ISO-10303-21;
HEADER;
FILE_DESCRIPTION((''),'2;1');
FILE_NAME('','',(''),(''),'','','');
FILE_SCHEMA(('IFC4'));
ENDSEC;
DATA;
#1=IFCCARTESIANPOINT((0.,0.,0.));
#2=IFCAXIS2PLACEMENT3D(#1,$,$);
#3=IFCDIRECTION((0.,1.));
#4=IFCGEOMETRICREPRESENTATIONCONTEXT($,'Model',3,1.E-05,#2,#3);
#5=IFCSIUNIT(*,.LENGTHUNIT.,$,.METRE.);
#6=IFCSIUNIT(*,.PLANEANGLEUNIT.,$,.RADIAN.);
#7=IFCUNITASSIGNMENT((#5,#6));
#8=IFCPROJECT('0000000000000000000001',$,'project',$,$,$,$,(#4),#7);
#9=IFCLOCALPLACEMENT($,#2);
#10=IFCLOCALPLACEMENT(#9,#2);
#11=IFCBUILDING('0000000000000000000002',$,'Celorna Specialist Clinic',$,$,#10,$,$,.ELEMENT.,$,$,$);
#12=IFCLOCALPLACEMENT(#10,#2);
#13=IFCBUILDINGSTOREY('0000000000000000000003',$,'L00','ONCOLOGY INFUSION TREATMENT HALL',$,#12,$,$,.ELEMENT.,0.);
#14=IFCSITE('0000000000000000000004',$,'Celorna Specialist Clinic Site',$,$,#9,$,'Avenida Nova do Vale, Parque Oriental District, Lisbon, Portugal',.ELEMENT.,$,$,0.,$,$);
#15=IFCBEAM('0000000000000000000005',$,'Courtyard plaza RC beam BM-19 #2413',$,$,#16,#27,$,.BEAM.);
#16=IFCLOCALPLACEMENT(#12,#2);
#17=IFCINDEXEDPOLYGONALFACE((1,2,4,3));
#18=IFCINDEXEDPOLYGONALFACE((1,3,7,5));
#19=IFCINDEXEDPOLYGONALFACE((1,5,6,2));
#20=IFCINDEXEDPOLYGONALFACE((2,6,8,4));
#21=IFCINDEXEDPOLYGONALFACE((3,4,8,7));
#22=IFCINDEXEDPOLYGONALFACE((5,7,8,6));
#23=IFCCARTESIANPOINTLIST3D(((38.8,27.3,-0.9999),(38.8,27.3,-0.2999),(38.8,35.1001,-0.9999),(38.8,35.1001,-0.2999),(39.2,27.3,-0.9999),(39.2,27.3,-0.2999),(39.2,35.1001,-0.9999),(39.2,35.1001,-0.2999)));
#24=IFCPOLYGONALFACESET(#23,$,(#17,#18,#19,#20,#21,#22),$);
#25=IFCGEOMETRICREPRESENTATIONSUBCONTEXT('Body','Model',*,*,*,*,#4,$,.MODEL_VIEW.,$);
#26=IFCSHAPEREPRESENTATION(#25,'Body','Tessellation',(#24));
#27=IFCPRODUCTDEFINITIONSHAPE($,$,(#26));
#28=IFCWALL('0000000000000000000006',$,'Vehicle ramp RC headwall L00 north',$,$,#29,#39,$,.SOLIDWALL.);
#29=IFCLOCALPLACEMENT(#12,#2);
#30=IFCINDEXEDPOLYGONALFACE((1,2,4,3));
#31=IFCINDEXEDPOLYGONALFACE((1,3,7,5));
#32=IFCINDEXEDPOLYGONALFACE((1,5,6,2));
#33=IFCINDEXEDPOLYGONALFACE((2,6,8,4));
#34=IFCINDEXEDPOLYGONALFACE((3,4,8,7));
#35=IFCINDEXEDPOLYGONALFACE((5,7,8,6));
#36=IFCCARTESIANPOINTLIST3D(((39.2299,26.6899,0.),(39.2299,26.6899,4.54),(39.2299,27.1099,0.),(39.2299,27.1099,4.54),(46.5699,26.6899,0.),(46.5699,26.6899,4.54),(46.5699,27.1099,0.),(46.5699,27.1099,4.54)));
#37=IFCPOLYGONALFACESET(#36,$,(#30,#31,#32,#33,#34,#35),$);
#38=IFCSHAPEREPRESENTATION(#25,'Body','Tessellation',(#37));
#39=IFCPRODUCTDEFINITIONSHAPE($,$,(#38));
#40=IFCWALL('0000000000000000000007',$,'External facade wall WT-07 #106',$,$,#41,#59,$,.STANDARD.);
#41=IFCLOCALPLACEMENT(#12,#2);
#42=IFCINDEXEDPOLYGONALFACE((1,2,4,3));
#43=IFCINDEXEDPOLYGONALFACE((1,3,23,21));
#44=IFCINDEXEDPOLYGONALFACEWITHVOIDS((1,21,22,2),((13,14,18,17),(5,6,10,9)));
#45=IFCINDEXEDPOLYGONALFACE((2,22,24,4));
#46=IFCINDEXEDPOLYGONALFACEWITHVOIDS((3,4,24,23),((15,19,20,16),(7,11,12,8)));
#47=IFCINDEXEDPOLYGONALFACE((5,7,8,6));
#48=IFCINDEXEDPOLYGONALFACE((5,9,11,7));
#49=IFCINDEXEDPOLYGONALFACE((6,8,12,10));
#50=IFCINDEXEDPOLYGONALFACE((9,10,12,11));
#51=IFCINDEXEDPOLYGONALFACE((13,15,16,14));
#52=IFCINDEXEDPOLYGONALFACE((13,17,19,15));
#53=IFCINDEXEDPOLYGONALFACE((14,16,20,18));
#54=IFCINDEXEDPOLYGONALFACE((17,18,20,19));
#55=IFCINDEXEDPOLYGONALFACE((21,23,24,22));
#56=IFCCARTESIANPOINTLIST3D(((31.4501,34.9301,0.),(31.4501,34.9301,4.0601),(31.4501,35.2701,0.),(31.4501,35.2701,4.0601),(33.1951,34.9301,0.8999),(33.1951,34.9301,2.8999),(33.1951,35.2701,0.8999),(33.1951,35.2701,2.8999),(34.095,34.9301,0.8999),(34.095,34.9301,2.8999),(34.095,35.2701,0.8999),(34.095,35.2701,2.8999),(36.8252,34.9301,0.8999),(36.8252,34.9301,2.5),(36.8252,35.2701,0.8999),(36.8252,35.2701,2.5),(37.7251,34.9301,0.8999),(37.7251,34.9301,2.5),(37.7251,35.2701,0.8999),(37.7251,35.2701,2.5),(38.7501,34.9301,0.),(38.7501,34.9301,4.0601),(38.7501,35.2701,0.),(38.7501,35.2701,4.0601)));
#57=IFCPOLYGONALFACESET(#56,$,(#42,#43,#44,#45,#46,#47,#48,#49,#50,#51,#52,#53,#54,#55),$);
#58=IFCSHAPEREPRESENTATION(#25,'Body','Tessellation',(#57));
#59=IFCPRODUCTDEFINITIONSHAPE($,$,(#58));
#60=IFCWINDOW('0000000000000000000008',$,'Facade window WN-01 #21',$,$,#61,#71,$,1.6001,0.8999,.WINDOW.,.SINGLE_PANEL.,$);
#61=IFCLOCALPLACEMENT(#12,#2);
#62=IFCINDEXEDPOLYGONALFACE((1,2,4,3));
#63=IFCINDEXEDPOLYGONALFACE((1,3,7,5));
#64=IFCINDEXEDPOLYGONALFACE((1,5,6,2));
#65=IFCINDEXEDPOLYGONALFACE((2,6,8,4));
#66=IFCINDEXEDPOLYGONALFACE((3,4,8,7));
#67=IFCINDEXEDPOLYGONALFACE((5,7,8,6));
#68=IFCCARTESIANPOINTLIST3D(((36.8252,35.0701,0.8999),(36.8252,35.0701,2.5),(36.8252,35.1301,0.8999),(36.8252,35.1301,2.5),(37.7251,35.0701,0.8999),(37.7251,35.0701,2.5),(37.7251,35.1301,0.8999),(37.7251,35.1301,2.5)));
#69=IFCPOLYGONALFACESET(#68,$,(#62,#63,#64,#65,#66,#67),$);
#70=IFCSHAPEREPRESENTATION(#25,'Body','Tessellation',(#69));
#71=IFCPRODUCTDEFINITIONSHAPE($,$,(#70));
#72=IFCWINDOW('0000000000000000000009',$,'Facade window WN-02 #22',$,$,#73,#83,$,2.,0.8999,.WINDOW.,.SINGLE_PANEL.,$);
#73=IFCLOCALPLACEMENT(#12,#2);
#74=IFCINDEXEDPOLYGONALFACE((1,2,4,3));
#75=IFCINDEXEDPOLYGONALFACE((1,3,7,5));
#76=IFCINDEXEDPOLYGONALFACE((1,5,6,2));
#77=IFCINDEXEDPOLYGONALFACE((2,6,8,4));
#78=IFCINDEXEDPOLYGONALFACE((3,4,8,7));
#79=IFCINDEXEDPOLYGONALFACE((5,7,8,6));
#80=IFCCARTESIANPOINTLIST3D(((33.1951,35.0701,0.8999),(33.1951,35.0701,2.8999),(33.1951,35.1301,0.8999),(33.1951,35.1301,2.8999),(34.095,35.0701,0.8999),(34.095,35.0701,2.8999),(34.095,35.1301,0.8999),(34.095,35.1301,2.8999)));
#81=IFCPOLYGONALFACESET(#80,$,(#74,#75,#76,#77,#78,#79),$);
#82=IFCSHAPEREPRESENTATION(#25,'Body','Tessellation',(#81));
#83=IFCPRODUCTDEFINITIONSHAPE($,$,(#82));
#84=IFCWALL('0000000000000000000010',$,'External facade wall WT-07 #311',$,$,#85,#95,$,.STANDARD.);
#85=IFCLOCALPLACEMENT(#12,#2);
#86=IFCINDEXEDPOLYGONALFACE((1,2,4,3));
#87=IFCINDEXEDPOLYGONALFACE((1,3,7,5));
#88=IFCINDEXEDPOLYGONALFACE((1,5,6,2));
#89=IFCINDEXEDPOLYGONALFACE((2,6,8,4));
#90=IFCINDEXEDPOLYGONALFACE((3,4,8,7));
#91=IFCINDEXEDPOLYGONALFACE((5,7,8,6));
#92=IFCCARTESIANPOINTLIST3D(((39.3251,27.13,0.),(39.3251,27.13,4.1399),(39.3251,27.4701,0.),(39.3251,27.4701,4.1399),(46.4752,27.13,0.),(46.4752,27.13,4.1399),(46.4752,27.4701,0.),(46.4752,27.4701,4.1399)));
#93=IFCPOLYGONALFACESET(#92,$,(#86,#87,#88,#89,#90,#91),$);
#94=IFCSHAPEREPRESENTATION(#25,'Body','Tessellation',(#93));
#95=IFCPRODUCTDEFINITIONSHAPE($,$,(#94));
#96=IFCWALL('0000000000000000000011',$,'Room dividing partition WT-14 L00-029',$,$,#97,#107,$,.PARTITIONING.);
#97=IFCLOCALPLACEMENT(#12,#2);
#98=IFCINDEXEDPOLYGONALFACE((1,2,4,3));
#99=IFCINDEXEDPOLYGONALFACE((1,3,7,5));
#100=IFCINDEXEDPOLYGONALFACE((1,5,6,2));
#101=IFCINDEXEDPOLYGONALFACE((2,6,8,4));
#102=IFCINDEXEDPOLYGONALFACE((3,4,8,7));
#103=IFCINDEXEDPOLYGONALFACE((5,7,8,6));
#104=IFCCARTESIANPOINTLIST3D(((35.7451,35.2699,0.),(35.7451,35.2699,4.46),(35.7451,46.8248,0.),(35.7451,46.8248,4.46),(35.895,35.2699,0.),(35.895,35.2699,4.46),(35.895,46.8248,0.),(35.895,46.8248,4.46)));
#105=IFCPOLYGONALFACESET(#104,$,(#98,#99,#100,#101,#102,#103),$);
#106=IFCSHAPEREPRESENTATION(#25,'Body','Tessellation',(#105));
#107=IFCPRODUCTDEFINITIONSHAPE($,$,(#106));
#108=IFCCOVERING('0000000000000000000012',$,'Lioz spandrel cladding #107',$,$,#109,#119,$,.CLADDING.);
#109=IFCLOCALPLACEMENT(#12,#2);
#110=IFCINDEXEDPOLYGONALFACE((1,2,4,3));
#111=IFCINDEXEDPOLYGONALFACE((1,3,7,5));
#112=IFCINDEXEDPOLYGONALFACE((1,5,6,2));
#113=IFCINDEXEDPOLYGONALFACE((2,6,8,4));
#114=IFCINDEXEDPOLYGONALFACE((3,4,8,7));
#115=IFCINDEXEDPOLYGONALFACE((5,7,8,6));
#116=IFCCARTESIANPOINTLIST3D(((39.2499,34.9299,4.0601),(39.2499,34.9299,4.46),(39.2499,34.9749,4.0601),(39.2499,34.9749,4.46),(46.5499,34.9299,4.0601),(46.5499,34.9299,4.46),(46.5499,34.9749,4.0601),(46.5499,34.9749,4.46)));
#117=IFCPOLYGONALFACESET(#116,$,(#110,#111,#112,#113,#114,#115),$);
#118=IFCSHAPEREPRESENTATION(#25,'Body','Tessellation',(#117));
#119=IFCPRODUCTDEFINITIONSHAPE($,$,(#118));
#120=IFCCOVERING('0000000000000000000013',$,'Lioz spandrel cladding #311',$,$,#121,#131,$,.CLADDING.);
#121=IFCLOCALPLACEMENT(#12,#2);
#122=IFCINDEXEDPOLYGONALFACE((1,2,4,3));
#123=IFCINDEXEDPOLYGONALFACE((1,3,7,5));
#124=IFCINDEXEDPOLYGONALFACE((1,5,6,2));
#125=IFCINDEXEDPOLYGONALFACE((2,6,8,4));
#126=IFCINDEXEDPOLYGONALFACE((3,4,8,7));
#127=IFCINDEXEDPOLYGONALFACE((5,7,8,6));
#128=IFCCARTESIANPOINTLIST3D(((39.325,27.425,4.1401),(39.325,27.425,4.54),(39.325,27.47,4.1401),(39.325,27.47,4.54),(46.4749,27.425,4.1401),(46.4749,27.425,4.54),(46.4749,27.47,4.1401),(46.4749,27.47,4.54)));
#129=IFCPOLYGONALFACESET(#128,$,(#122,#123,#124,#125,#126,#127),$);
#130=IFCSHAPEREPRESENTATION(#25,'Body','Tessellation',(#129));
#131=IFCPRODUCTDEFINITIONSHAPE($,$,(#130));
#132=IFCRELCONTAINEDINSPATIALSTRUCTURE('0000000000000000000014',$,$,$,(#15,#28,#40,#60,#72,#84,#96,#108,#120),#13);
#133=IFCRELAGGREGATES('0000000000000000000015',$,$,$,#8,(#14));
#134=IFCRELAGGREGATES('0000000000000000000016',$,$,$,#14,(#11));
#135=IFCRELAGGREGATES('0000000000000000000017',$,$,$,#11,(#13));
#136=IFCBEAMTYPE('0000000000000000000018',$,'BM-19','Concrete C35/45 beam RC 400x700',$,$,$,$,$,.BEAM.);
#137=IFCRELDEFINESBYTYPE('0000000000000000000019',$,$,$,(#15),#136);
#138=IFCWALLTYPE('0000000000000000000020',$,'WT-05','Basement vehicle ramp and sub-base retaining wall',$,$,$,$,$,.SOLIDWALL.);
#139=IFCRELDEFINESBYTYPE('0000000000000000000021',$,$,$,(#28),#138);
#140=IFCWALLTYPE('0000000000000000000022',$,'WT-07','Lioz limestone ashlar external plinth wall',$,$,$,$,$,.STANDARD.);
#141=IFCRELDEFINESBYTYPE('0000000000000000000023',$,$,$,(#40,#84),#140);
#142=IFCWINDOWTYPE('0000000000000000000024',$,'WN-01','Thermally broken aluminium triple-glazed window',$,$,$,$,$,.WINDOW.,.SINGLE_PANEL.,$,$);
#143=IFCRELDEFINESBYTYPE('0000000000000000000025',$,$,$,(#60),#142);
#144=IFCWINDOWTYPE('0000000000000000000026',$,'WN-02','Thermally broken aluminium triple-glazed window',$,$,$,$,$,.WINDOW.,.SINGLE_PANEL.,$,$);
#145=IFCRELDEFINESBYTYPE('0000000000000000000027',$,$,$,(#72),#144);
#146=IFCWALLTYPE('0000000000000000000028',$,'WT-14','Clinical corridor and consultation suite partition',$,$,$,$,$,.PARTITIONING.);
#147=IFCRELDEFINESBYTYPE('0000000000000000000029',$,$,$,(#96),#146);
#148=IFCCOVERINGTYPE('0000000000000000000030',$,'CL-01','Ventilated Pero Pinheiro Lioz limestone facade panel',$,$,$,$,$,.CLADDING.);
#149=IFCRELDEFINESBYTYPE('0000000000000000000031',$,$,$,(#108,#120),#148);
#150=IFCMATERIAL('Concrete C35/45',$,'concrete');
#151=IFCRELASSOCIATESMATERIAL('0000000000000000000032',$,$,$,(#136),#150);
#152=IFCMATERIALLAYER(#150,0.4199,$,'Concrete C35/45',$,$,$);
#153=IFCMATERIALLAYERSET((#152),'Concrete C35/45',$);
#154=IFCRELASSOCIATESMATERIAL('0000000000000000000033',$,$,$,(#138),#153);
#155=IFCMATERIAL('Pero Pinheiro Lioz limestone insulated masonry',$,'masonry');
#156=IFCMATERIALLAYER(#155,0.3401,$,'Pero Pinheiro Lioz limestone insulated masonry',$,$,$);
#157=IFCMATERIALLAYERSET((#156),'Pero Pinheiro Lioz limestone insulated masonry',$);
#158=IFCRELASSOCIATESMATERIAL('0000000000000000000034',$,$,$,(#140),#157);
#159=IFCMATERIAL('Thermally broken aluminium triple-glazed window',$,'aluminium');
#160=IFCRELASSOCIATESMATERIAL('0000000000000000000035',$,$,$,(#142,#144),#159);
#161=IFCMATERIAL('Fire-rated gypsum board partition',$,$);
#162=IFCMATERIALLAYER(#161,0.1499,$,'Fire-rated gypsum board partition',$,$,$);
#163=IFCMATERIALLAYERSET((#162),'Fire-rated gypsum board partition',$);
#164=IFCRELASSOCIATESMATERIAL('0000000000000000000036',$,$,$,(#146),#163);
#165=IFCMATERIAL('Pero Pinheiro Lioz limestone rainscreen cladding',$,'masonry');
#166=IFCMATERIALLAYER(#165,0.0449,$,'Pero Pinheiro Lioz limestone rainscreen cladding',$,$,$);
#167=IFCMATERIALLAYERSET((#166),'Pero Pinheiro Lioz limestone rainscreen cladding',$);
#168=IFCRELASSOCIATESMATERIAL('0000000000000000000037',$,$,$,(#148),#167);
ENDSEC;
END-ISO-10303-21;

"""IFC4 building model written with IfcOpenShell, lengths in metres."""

from ifc_helpers import new_model, si_unit, direction, frame, frame_2d, origin, origin_2d, place, context, subcontext, project, spatial, rectangle, extrude, material, layer, layer_set, material_profile, profile_set, type_object, element, fill, save


model = new_model("IFC4")

# Units and contexts
model_context = context("Model", 3, precision=1e-05, world=origin(), true_north=direction((0.0, 1.0)))
body_context = subcontext(model_context, "Body", "Model", "MODEL_VIEW")
ifc_project = project(units=[si_unit("LENGTHUNIT", "METRE"), si_unit("PLANEANGLEUNIT", "RADIAN")], contexts=[model_context])

# Site, building, storey
site_placement = place(None, origin())
site = spatial("IfcSite", under=ifc_project, at=site_placement, Name="Celorna Specialist Clinic Site", LongName="Avenida Nova do Vale, Parque Oriental District, Lisbon, Portugal", CompositionType="ELEMENT", RefElevation=0.0)
building_placement = place(site_placement, origin())
building = spatial("IfcBuilding", under=site, at=building_placement, Name="Celorna Specialist Clinic", CompositionType="ELEMENT")
storey_placement = place(building_placement, origin())
storey = spatial("IfcBuildingStorey", under=building, at=storey_placement, Name="L00", Description="ONCOLOGY INFUSION TREATMENT HALL", CompositionType="ELEMENT", Elevation=0.0)

# Beam
ifc_material_1 = material(Name="Concrete C35/45", Category="concrete")
ifc_material_profile_1 = material_profile(ifc_material_1, rectangle(XDim=0.3999, YDim=0.7, at=origin_2d()), Name="RC 400x700")
ifc_profile_set_1 = profile_set([ifc_material_profile_1], Name="Concrete C35/45")
beam_type_1 = type_object("IfcBeamType", Name="BM-19", Description="Concrete C35/45 beam RC 400x700", PredefinedType="BEAM", material=ifc_profile_set_1)
beam_1_placement = place(storey_placement, frame((39.0, 27.3, -0.6499), z_axis=(0.0, 1.0, 0.0), x_axis=(-1.0, 0.0, 0.0)))
element("IfcBeam", 1, at=beam_1_placement, inside=storey, type_object=beam_type_1, Name="Courtyard plaza RC beam BM-19 #2413", PredefinedType="BEAM", context=body_context, shape_type="SweptSolid", body=[
    extrude(rectangle(XDim=0.3999, YDim=0.7, at=origin_2d()), origin(), (0.0, 0.0, 1.0), 7.8),
])

# Wall
ifc_layer_1 = layer(ifc_material_1, 0.4199, Name="Concrete C35/45")
ifc_layer_set_1 = layer_set([ifc_layer_1], Name="Concrete C35/45")
wall_type_1 = type_object("IfcWallType", Name="WT-05", Description="Basement vehicle ramp and sub-base retaining wall", PredefinedType="SOLIDWALL", material=ifc_layer_set_1)
wall_1_placement = place(storey_placement, frame((39.23, 26.8999, 0.0), z_axis=(0.0, 0.0, 1.0), x_axis=(1.0, 0.0, 0.0)))
element("IfcWall", 2, at=wall_1_placement, inside=storey, type_object=wall_type_1, Name="Vehicle ramp RC headwall L00 north", PredefinedType="SOLIDWALL", context=body_context, shape_type="SweptSolid", body=[
    extrude(rectangle(XDim=7.3401, YDim=0.4199, at=frame_2d((3.6699, 0.0))), origin(), (0.0, 0.0, 1.0), 4.54),
])

# Wall, openings, windows
ifc_material_2 = material(Name="Pero Pinheiro Lioz limestone insulated masonry", Category="masonry")
ifc_layer_2 = layer(ifc_material_2, 0.3401, Name="Pero Pinheiro Lioz limestone insulated masonry")
ifc_layer_set_2 = layer_set([ifc_layer_2], Name="Pero Pinheiro Lioz limestone insulated masonry")
wall_type_2 = type_object("IfcWallType", Name="WT-07", Description="Lioz limestone ashlar external plinth wall", PredefinedType="STANDARD", material=ifc_layer_set_2)
wall_2_placement = place(storey_placement, frame((38.75, 35.1001, 0.0), z_axis=(0.0, 0.0, 1.0), x_axis=(-1.0, 0.0, 0.0)))
wall_2 = element("IfcWall", 3, at=wall_2_placement, inside=storey, type_object=wall_type_2, Name="External facade wall WT-07 #106", PredefinedType="STANDARD", context=body_context, shape_type="SweptSolid", body=[
    extrude(rectangle(XDim=7.3, YDim=0.3401, at=frame_2d((3.6499, 0.0))), origin(), (0.0, 0.0, 1.0), 4.0601),
])
opening_1_placement = place(wall_2_placement, frame((1.0249, 0.0, 0.8999)))
opening_1 = element("IfcOpeningElement", 4, at=opening_1_placement, cuts=wall_2, PredefinedType="OPENING", context=body_context, shape_type="SweptSolid", body=[
    extrude(rectangle(XDim=0.8999, YDim=1.6001, at=frame_2d((0.45, 0.8))), frame((0.0, 0.1799, 0.0), z_axis=(0.0, -1.0, 0.0), x_axis=(1.0, 0.0, 0.0)), (0.0, 0.0, 1.0), 0.3601),
])
opening_2_placement = place(wall_2_placement, frame((4.655, 0.0, 0.8999)))
opening_2 = element("IfcOpeningElement", 5, at=opening_2_placement, cuts=wall_2, PredefinedType="OPENING", context=body_context, shape_type="SweptSolid", body=[
    extrude(rectangle(XDim=0.8999, YDim=2.0, at=frame_2d((0.45, 1.0))), frame((0.0, 0.1799, 0.0), z_axis=(0.0, -1.0, 0.0), x_axis=(1.0, 0.0, 0.0)), (0.0, 0.0, 1.0), 0.3601),
])
ifc_material_3 = material(Name="Thermally broken aluminium triple-glazed window", Category="aluminium")
window_type_1 = type_object("IfcWindowType", Name="WN-01", Description="Thermally broken aluminium triple-glazed window", PartitioningType="SINGLE_PANEL", PredefinedType="WINDOW", material=ifc_material_3)
window_1_placement = place(opening_1_placement, origin())
window_1 = element("IfcWindow", 6, at=window_1_placement, inside=storey, type_object=window_type_1, Name="Facade window WN-01 #21", OverallHeight=1.6001, OverallWidth=0.8999, PartitioningType="SINGLE_PANEL", PredefinedType="WINDOW", context=body_context, shape_type="SweptSolid", body=[
    extrude(rectangle(XDim=0.8999, YDim=1.6001, at=frame_2d((0.45, 0.8))), frame((0.0, 0.03, 0.0), z_axis=(0.0, -1.0, 0.0), x_axis=(1.0, 0.0, 0.0)), (0.0, 0.0, 1.0), 0.0601),
])
fill(opening_1, window_1)
window_type_2 = type_object("IfcWindowType", Name="WN-02", Description="Thermally broken aluminium triple-glazed window", PartitioningType="SINGLE_PANEL", PredefinedType="WINDOW", material=ifc_material_3)
window_2_placement = place(opening_2_placement, origin())
window_2 = element("IfcWindow", 7, at=window_2_placement, inside=storey, type_object=window_type_2, Name="Facade window WN-02 #22", OverallHeight=2.0, OverallWidth=0.8999, PartitioningType="SINGLE_PANEL", PredefinedType="WINDOW", context=body_context, shape_type="SweptSolid", body=[
    extrude(rectangle(XDim=0.8999, YDim=2.0, at=frame_2d((0.45, 1.0))), frame((0.0, 0.03, 0.0), z_axis=(0.0, -1.0, 0.0), x_axis=(1.0, 0.0, 0.0)), (0.0, 0.0, 1.0), 0.0601),
])
fill(opening_2, window_2)

# Walls
wall_3_placement = place(storey_placement, frame((39.325, 27.3, 0.0), z_axis=(0.0, 0.0, 1.0), x_axis=(1.0, 0.0, 0.0)))
element("IfcWall", 8, at=wall_3_placement, inside=storey, type_object=wall_type_2, Name="External facade wall WT-07 #311", PredefinedType="STANDARD", context=body_context, shape_type="SweptSolid", body=[
    extrude(rectangle(XDim=7.1501, YDim=0.3401, at=frame_2d((3.5752, 0.0))), origin(), (0.0, 0.0, 1.0), 4.1399),
])
ifc_material_4 = material(Name="Fire-rated gypsum board partition")
ifc_layer_3 = layer(ifc_material_4, 0.1499, Name="Fire-rated gypsum board partition")
ifc_layer_set_3 = layer_set([ifc_layer_3], Name="Fire-rated gypsum board partition")
wall_type_3 = type_object("IfcWallType", Name="WT-14", Description="Clinical corridor and consultation suite partition", PredefinedType="PARTITIONING", material=ifc_layer_set_3)
wall_4_placement = place(storey_placement, frame((35.8201, 35.27, 0.0), z_axis=(0.0, 0.0, 1.0), x_axis=(0.0, 1.0, 0.0)))
element("IfcWall", 9, at=wall_4_placement, inside=storey, type_object=wall_type_3, Name="Room dividing partition WT-14 L00-029", PredefinedType="PARTITIONING", context=body_context, shape_type="SweptSolid", body=[
    extrude(rectangle(XDim=11.5549, YDim=0.1499, at=frame_2d((5.7773, 0.0))), origin(), (0.0, 0.0, 1.0), 4.46),
])

# Coverings
ifc_material_5 = material(Name="Pero Pinheiro Lioz limestone rainscreen cladding", Category="masonry")
ifc_layer_4 = layer(ifc_material_5, 0.0449, Name="Pero Pinheiro Lioz limestone rainscreen cladding")
ifc_layer_set_4 = layer_set([ifc_layer_4], Name="Pero Pinheiro Lioz limestone rainscreen cladding")
covering_type = type_object("IfcCoveringType", Name="CL-01", Description="Ventilated Pero Pinheiro Lioz limestone facade panel", PredefinedType="CLADDING", material=ifc_layer_set_4)
covering_1_placement = place(storey_placement, frame((42.8999, 34.9524, 4.0601), z_axis=(0.0, 0.0, 1.0), x_axis=(-1.0, 0.0, 0.0)))
element("IfcCovering", 10, at=covering_1_placement, inside=storey, type_object=covering_type, Name="Lioz spandrel cladding #107", PredefinedType="CLADDING", context=body_context, shape_type="SweptSolid", body=[
    extrude(rectangle(XDim=7.3, YDim=0.0449, at=origin_2d()), origin(), (0.0, 0.0, 1.0), 0.3999),
])
covering_2_placement = place(storey_placement, frame((42.8999, 27.4475, 4.1401), z_axis=(0.0, 0.0, 1.0), x_axis=(1.0, 0.0, 0.0)))
element("IfcCovering", 11, at=covering_2_placement, inside=storey, type_object=covering_type, Name="Lioz spandrel cladding #311", PredefinedType="CLADDING", context=body_context, shape_type="SweptSolid", body=[
    extrude(rectangle(XDim=7.1499, YDim=0.0449, at=origin_2d()), origin(), (0.0, 0.0, 1.0), 0.3999),
])

save(model, "model.ifc")
